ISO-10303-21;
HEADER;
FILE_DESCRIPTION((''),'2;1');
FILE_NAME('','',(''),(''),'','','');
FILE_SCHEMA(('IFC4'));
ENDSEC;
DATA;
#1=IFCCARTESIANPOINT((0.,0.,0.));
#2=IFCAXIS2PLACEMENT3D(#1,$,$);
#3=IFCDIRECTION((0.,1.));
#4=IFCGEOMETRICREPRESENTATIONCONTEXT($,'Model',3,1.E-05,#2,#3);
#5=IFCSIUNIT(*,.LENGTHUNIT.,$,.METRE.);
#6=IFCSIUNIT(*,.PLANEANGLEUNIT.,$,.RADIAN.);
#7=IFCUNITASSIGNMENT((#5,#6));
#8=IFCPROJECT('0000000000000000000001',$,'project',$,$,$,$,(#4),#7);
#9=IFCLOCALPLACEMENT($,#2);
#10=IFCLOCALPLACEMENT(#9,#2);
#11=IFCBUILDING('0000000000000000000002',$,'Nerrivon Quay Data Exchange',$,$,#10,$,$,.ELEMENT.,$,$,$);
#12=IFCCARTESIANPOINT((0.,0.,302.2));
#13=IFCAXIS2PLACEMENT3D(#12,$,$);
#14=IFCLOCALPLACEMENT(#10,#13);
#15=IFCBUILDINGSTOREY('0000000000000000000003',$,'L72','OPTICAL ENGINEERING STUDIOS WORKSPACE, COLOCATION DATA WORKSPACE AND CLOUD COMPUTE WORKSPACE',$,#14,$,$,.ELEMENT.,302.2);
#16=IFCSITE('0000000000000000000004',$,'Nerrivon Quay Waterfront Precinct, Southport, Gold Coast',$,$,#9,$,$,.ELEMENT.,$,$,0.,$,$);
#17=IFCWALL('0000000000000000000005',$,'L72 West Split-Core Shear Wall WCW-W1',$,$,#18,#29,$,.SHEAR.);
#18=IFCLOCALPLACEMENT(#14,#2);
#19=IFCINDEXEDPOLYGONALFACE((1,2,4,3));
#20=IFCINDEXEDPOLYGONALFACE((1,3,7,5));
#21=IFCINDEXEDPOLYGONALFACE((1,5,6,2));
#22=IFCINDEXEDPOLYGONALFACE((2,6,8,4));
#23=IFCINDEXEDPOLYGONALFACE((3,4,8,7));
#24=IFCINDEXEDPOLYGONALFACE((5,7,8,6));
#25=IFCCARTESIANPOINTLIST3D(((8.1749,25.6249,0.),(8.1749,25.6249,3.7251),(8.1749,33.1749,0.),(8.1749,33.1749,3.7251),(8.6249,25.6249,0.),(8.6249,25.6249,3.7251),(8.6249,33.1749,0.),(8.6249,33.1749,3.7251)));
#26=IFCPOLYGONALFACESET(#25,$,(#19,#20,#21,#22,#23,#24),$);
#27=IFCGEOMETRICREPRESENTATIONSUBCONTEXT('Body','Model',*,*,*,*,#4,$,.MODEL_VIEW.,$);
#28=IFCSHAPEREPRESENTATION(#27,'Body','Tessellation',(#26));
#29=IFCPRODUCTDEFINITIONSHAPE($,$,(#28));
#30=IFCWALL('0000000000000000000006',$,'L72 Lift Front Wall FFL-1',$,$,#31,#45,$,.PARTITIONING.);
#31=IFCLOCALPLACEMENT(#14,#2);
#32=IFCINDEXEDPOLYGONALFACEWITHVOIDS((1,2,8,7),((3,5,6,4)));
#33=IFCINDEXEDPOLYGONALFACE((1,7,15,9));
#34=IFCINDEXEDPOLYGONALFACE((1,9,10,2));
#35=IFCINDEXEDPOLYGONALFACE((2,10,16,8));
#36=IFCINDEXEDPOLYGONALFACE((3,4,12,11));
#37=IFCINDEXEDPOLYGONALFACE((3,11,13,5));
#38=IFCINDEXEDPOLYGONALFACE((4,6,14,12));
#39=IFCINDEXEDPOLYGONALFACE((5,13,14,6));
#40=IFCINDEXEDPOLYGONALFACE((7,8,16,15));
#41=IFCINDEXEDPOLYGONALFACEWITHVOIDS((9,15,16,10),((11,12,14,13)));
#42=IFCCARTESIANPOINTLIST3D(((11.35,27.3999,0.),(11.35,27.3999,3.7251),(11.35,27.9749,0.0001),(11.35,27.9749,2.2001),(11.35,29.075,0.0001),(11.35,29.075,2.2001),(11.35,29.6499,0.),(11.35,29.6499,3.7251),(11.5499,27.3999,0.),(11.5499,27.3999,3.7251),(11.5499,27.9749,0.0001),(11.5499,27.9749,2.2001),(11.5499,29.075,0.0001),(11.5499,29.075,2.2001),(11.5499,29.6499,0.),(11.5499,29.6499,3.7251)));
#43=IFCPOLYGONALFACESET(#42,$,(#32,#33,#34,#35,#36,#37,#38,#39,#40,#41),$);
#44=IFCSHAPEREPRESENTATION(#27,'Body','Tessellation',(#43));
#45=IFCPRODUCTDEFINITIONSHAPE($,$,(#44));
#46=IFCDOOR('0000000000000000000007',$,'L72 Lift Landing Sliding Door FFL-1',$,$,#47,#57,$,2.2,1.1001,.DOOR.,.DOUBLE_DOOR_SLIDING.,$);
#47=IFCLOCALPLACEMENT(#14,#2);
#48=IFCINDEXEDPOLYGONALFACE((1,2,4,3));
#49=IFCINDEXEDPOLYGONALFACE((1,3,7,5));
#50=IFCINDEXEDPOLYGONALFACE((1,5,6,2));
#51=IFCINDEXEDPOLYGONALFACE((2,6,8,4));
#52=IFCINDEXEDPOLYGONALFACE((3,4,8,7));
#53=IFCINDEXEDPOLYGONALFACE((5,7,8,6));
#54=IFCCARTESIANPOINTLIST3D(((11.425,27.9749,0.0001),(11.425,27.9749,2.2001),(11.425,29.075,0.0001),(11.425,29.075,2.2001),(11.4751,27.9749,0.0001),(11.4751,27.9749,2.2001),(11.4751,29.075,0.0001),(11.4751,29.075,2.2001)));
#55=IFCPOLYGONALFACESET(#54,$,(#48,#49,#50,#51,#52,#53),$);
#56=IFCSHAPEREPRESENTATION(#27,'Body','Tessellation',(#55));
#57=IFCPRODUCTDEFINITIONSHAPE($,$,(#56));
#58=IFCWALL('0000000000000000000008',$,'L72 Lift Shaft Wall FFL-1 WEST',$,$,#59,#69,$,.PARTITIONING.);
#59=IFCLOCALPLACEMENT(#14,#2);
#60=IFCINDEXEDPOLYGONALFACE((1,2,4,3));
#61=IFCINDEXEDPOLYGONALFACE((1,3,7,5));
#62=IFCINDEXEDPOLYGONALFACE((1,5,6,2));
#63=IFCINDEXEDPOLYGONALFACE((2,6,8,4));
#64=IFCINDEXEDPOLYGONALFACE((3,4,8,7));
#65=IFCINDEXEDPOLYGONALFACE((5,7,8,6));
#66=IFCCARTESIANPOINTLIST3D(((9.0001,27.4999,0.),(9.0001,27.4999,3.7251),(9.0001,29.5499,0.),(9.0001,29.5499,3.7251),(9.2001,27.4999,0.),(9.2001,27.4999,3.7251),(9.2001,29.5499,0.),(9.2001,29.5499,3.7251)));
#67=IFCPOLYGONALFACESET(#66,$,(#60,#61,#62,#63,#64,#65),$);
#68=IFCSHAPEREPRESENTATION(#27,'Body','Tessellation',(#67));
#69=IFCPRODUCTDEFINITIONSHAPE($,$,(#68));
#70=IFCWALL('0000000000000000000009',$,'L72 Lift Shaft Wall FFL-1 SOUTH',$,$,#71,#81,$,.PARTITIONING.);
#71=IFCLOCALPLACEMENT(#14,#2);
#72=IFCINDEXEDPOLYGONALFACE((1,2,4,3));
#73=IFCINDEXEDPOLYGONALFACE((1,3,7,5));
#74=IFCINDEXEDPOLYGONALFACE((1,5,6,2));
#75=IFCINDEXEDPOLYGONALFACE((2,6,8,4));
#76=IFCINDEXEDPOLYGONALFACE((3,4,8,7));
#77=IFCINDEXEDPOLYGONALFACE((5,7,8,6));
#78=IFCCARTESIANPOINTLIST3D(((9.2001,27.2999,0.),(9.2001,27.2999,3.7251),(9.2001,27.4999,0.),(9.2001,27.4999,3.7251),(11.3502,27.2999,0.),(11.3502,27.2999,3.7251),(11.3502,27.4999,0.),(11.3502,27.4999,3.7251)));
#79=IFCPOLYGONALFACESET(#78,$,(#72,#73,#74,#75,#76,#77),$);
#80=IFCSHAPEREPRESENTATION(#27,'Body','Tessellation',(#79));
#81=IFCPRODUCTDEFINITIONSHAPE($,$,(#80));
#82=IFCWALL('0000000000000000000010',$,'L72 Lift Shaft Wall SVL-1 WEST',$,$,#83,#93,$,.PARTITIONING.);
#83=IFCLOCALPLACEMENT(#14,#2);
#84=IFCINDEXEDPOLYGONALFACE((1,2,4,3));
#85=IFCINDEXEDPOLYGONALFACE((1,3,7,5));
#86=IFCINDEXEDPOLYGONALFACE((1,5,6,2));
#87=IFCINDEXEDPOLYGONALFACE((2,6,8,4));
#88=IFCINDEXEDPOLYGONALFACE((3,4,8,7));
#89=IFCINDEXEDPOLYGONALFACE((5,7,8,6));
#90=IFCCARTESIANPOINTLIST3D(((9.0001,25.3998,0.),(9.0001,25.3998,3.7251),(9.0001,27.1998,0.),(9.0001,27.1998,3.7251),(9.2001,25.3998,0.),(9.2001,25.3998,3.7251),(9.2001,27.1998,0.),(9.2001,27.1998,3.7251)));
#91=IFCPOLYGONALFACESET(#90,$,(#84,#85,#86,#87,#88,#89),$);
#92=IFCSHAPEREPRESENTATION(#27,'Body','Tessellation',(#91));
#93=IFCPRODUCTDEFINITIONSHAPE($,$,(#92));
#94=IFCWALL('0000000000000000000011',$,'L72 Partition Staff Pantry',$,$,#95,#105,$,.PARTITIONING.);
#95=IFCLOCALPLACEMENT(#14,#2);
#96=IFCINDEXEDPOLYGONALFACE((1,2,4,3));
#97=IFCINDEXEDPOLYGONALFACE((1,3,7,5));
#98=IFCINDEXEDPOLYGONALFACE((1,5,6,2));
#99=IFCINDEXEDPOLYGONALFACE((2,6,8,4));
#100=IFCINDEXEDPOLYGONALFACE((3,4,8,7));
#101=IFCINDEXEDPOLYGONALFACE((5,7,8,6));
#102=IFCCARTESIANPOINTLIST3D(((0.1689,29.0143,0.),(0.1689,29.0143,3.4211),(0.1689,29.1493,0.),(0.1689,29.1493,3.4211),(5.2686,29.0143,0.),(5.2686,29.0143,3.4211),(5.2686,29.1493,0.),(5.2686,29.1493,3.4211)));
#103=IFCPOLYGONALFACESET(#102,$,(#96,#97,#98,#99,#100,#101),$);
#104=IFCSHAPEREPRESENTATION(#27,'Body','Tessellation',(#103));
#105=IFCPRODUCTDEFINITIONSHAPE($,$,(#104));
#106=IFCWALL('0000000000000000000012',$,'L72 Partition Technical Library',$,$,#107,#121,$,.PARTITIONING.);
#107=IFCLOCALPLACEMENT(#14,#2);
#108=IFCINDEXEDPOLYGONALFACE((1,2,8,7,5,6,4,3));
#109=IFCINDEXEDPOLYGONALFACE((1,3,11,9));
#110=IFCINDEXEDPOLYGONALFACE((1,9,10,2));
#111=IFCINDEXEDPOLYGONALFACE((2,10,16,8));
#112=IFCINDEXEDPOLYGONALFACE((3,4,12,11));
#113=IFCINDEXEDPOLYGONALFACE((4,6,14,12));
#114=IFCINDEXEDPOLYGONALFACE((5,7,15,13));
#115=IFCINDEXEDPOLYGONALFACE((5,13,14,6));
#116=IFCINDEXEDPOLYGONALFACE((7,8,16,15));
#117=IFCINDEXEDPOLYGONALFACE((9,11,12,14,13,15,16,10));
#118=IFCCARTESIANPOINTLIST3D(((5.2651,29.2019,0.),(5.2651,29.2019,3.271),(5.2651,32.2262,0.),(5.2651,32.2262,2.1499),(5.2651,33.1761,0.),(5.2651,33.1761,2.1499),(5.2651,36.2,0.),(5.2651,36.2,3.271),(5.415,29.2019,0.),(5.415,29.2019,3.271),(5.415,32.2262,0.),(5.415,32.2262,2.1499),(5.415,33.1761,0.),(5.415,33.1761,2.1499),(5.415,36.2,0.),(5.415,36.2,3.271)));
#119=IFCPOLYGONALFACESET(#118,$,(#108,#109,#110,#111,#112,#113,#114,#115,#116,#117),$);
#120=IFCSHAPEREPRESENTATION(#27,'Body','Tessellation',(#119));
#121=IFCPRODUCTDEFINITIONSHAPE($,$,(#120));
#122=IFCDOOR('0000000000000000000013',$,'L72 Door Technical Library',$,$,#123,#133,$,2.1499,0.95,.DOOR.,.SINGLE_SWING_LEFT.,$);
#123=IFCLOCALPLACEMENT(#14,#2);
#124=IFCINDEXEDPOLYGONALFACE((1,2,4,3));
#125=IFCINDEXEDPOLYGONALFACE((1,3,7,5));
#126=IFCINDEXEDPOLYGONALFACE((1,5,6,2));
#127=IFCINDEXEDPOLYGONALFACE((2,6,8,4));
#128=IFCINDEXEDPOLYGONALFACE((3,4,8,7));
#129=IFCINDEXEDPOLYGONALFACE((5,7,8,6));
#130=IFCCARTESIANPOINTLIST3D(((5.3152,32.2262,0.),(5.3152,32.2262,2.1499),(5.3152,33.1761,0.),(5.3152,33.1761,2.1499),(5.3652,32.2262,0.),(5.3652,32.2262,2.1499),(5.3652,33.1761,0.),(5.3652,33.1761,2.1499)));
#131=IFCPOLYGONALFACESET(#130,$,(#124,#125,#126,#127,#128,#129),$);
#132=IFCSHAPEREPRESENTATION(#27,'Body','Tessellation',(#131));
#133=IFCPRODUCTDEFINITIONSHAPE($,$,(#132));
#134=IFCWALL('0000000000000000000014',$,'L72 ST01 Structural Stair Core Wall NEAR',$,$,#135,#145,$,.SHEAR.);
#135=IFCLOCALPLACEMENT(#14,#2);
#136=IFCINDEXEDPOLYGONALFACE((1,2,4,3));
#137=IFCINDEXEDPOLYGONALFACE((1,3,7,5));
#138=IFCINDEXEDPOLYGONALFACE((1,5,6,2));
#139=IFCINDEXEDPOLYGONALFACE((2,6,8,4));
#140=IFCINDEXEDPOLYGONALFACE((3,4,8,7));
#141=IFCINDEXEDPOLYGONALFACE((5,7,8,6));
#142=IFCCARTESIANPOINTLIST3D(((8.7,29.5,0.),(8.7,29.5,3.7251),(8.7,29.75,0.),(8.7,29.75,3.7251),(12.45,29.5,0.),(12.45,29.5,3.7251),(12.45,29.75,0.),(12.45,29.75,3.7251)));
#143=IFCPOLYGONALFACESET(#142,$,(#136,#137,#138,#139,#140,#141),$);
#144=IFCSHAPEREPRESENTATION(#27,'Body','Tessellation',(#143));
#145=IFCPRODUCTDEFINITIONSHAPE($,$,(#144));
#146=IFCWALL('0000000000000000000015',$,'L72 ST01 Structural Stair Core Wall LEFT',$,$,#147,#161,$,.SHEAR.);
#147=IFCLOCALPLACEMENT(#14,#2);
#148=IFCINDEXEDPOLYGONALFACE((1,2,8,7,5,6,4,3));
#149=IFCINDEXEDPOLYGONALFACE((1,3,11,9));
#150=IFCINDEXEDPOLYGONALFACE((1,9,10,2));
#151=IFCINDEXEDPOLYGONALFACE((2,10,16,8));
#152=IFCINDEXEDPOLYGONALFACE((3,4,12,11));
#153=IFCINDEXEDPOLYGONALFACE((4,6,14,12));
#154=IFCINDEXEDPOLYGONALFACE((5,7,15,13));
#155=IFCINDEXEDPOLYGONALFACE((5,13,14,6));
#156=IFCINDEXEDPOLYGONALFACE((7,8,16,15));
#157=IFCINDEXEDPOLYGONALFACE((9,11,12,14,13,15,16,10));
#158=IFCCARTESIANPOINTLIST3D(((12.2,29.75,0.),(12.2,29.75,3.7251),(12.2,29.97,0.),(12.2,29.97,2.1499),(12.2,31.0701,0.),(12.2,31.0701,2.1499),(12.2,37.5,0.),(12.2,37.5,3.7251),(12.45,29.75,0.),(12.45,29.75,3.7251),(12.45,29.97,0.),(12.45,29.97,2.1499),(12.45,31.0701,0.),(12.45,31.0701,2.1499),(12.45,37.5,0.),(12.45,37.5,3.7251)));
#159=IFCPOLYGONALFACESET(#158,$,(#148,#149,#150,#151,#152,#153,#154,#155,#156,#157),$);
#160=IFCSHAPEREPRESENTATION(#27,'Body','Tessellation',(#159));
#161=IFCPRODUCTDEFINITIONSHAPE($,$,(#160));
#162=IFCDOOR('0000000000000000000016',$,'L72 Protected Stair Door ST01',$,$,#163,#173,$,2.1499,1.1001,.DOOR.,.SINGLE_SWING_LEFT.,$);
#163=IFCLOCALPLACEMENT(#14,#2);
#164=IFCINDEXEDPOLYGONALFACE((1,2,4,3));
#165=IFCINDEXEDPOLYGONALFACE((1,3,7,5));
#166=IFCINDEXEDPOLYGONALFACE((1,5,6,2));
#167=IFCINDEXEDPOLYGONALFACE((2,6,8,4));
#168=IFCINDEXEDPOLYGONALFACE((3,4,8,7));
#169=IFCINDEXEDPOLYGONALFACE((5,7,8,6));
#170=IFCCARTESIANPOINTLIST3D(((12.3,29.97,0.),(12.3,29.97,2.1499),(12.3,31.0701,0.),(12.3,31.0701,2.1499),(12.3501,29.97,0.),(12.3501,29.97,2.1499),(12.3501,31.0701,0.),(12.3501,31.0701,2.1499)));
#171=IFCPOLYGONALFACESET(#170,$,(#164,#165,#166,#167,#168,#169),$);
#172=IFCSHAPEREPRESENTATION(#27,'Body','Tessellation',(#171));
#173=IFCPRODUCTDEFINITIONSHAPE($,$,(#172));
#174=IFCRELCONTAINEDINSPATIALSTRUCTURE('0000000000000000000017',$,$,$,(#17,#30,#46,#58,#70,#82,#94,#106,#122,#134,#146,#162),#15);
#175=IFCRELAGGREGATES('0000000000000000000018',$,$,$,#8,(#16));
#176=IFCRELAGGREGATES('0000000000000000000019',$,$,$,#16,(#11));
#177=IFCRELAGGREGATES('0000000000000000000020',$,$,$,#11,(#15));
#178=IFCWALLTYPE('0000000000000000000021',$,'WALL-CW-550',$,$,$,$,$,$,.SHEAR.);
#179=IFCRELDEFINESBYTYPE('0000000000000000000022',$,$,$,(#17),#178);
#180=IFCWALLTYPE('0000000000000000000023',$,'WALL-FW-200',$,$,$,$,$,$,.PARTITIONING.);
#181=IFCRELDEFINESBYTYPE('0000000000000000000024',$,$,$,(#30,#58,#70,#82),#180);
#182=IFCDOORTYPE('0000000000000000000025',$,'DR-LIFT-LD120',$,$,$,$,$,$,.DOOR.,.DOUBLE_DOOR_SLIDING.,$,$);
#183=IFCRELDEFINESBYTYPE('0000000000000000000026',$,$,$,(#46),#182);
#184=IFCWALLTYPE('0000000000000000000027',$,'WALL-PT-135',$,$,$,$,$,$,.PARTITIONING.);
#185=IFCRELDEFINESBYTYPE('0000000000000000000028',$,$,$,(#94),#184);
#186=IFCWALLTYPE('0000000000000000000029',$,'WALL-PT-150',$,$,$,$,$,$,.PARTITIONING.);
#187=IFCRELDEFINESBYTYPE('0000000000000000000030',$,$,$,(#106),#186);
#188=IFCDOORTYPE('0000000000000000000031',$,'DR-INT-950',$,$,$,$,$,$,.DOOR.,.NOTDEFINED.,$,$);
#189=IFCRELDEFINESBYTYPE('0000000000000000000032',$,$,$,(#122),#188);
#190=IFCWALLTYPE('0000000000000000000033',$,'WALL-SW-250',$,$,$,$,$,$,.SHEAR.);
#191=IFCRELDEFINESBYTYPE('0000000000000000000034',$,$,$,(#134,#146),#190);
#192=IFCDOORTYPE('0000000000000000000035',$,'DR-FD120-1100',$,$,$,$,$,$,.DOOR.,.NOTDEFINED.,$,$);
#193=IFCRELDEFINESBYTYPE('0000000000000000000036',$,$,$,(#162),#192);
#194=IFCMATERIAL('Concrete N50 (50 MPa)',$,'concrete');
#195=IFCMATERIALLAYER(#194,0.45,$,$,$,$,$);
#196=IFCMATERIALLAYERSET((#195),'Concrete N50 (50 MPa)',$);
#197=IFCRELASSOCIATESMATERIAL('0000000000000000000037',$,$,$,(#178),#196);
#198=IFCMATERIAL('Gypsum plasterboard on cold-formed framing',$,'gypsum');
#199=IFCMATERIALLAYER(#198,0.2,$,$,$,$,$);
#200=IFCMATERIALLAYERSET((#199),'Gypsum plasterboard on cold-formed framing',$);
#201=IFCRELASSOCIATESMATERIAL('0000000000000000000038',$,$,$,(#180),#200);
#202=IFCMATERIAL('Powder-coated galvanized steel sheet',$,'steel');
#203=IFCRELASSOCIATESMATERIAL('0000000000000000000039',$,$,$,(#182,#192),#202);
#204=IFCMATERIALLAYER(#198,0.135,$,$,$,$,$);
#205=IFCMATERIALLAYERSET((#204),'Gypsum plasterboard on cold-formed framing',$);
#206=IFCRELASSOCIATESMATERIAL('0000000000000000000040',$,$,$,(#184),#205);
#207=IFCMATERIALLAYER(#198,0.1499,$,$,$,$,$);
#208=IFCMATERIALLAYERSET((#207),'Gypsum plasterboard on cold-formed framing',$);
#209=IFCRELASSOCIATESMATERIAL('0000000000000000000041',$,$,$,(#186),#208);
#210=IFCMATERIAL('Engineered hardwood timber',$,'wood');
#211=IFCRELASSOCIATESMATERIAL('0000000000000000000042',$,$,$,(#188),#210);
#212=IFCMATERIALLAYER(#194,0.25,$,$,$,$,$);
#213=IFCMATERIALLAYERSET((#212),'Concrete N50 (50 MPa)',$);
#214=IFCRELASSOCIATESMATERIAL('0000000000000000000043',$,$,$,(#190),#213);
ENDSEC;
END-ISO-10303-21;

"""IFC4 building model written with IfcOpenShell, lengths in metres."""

from ifc_helpers import new_model, si_unit, direction, frame, frame_2d, origin, place, context, subcontext, project, spatial, rectangle, extrude, material, layer, layer_set, type_object, element, fill, save


model = new_model("IFC4")

# Units and contexts
model_context = context("Model", 3, precision=1e-05, world=origin(), true_north=direction((0.0, 1.0)))
body_context = subcontext(model_context, "Body", "Model", "MODEL_VIEW")
ifc_project = project(units=[si_unit("LENGTHUNIT", "METRE"), si_unit("PLANEANGLEUNIT", "RADIAN")], contexts=[model_context])

# Site, building, storey
site_placement = place(None, origin())
site = spatial("IfcSite", under=ifc_project, at=site_placement, Name="Nerrivon Quay Waterfront Precinct, Southport, Gold Coast", CompositionType="ELEMENT", RefElevation=0.0)
building_placement = place(site_placement, origin())
building = spatial("IfcBuilding", under=site, at=building_placement, Name="Nerrivon Quay Data Exchange", CompositionType="ELEMENT")
storey_placement = place(building_placement, frame((0.0, 0.0, 302.2)))
storey = spatial("IfcBuildingStorey", under=building, at=storey_placement, Name="L72", Description="OPTICAL ENGINEERING STUDIOS WORKSPACE, COLOCATION DATA WORKSPACE AND CLOUD COMPUTE WORKSPACE", CompositionType="ELEMENT", Elevation=302.2)

# Wall
ifc_material_1 = material(Name="Concrete N50 (50 MPa)", Category="concrete")
ifc_layer_1 = layer(ifc_material_1, 0.45)
ifc_layer_set_1 = layer_set([ifc_layer_1], Name="Concrete N50 (50 MPa)")
wall_type_1 = type_object("IfcWallType", Name="WALL-CW-550", PredefinedType="SHEAR", material=ifc_layer_set_1)
wall_1_placement = place(storey_placement, frame((8.3999, 25.625, 0.0), z_axis=(0.0, 0.0, 1.0), x_axis=(0.0, 1.0, 0.0)))
element("IfcWall", 1, at=wall_1_placement, inside=storey, type_object=wall_type_1, Name="L72 West Split-Core Shear Wall WCW-W1", PredefinedType="SHEAR", context=body_context, shape_type="SweptSolid", body=[
    extrude(rectangle(XDim=7.55, YDim=0.45, at=frame_2d((3.7749, 0.0))), origin(), (0.0, 0.0, 1.0), 3.7251),
])

# Wall, opening, door
ifc_material_2 = material(Name="Gypsum plasterboard on cold-formed framing", Category="gypsum")
ifc_layer_2 = layer(ifc_material_2, 0.2)
ifc_layer_set_2 = layer_set([ifc_layer_2], Name="Gypsum plasterboard on cold-formed framing")
wall_type_2 = type_object("IfcWallType", Name="WALL-FW-200", PredefinedType="PARTITIONING", material=ifc_layer_set_2)
wall_2_placement = place(storey_placement, frame((11.45, 27.3999, 0.0), z_axis=(0.0, 0.0, 1.0), x_axis=(0.0, 1.0, 0.0)))
wall_2 = element("IfcWall", 2, at=wall_2_placement, inside=storey, type_object=wall_type_2, Name="L72 Lift Front Wall FFL-1", PredefinedType="PARTITIONING", context=body_context, shape_type="SweptSolid", body=[
    extrude(rectangle(XDim=2.25, YDim=0.2, at=frame_2d((1.125, 0.0))), origin(), (0.0, 0.0, 1.0), 3.7251),
])
opening_1_placement = place(wall_2_placement, frame((0.575, 0.0, 0.0)))
opening_1 = element("IfcOpeningElement", 3, at=opening_1_placement, cuts=wall_2, PredefinedType="OPENING", context=body_context, shape_type="SweptSolid", body=[
    extrude(rectangle(XDim=1.1001, YDim=2.2, at=frame_2d((0.55, 1.1001))), frame((0.0, 0.1099, 0.0), z_axis=(0.0, -1.0, 0.0), x_axis=(1.0, 0.0, 0.0)), (0.0, 0.0, 1.0), 0.22),
])
ifc_material_3 = material(Name="Powder-coated galvanized steel sheet", Category="steel")
door_type_1 = type_object("IfcDoorType", Name="DR-LIFT-LD120", OperationType="DOUBLE_DOOR_SLIDING", PredefinedType="DOOR", material=ifc_material_3)
door_1_placement = place(opening_1_placement, origin())
door_1 = element("IfcDoor", 4, at=door_1_placement, inside=storey, type_object=door_type_1, Name="L72 Lift Landing Sliding Door FFL-1", OperationType="DOUBLE_DOOR_SLIDING", OverallHeight=2.2, OverallWidth=1.1001, PredefinedType="DOOR", context=body_context, shape_type="SweptSolid", body=[
    extrude(rectangle(XDim=1.1001, YDim=2.2, at=frame_2d((0.55, 1.1001))), frame((0.0, 0.0249, 0.0), z_axis=(0.0, -1.0, 0.0), x_axis=(1.0, 0.0, 0.0)), (0.0, 0.0, 1.0), 0.05),
])
fill(opening_1, door_1)

# Walls
wall_3_placement = place(storey_placement, frame((9.1001, 27.5, 0.0), z_axis=(0.0, 0.0, 1.0), x_axis=(0.0, 1.0, 0.0)))
element("IfcWall", 5, at=wall_3_placement, inside=storey, type_object=wall_type_2, Name="L72 Lift Shaft Wall FFL-1 WEST", PredefinedType="PARTITIONING", context=body_context, shape_type="SweptSolid", body=[
    extrude(rectangle(XDim=2.05, YDim=0.2, at=frame_2d((1.0249, 0.0))), origin(), (0.0, 0.0, 1.0), 3.7251),
])
wall_4_placement = place(storey_placement, frame((9.2, 27.3999, 0.0), z_axis=(0.0, 0.0, 1.0), x_axis=(1.0, 0.0, 0.0)))
element("IfcWall", 6, at=wall_4_placement, inside=storey, type_object=wall_type_2, Name="L72 Lift Shaft Wall FFL-1 SOUTH", PredefinedType="PARTITIONING", context=body_context, shape_type="SweptSolid", body=[
    extrude(rectangle(XDim=2.1501, YDim=0.2, at=frame_2d((1.0752, 0.0))), origin(), (0.0, 0.0, 1.0), 3.7251),
])
wall_5_placement = place(storey_placement, frame((9.1001, 25.3999, 0.0), z_axis=(0.0, 0.0, 1.0), x_axis=(0.0, 1.0, 0.0)))
element("IfcWall", 7, at=wall_5_placement, inside=storey, type_object=wall_type_2, Name="L72 Lift Shaft Wall SVL-1 WEST", PredefinedType="PARTITIONING", context=body_context, shape_type="SweptSolid", body=[
    extrude(rectangle(XDim=1.8, YDim=0.2, at=frame_2d((0.8999, 0.0))), origin(), (0.0, 0.0, 1.0), 3.7251),
])
ifc_layer_3 = layer(ifc_material_2, 0.135)
ifc_layer_set_3 = layer_set([ifc_layer_3], Name="Gypsum plasterboard on cold-formed framing")
wall_type_3 = type_object("IfcWallType", Name="WALL-PT-135", PredefinedType="PARTITIONING", material=ifc_layer_set_3)
wall_6_placement = place(storey_placement, frame((5.2686, 29.0818, 0.0), z_axis=(0.0, 0.0, 1.0), x_axis=(-1.0, 0.0, 0.0)))
element("IfcWall", 8, at=wall_6_placement, inside=storey, type_object=wall_type_3, Name="L72 Partition Staff Pantry", PredefinedType="PARTITIONING", context=body_context, shape_type="SweptSolid", body=[
    extrude(rectangle(XDim=5.0996, YDim=0.135, at=frame_2d((2.5498, 0.0))), origin(), (0.0, 0.0, 1.0), 3.4211),
])

# Wall, opening, door
ifc_layer_4 = layer(ifc_material_2, 0.1499)
ifc_layer_set_4 = layer_set([ifc_layer_4], Name="Gypsum plasterboard on cold-formed framing")
wall_type_4 = type_object("IfcWallType", Name="WALL-PT-150", PredefinedType="PARTITIONING", material=ifc_layer_set_4)
wall_7_placement = place(storey_placement, frame((5.3401, 29.2019, 0.0), z_axis=(0.0, 0.0, 1.0), x_axis=(0.0, 1.0, 0.0)))
wall_7 = element("IfcWall", 9, at=wall_7_placement, inside=storey, type_object=wall_type_4, Name="L72 Partition Technical Library", PredefinedType="PARTITIONING", context=body_context, shape_type="SweptSolid", body=[
    extrude(rectangle(XDim=6.998, YDim=0.1499, at=frame_2d((3.499, 0.0))), origin(), (0.0, 0.0, 1.0), 3.271),
])
opening_2_placement = place(wall_7_placement, frame((3.0242, 0.0, 0.0)))
opening_2 = element("IfcOpeningElement", 10, at=opening_2_placement, cuts=wall_7, PredefinedType="OPENING", context=body_context, shape_type="SweptSolid", body=[
    extrude(rectangle(XDim=0.95, YDim=2.1499, at=frame_2d((0.4751, 1.075))), frame((0.0, 0.085, 0.0), z_axis=(0.0, -1.0, 0.0), x_axis=(1.0, 0.0, 0.0)), (0.0, 0.0, 1.0), 0.1699),
])
ifc_material_4 = material(Name="Engineered hardwood timber", Category="wood")
door_type_2 = type_object("IfcDoorType", Name="DR-INT-950", OperationType="NOTDEFINED", PredefinedType="DOOR", material=ifc_material_4)
door_2_placement = place(opening_2_placement, origin())
door_2 = element("IfcDoor", 11, at=door_2_placement, inside=storey, type_object=door_type_2, Name="L72 Door Technical Library", OperationType="SINGLE_SWING_LEFT", OverallHeight=2.1499, OverallWidth=0.95, PredefinedType="DOOR", context=body_context, shape_type="SweptSolid", body=[
    extrude(rectangle(XDim=0.95, YDim=2.1499, at=frame_2d((0.4751, 1.075))), frame((0.0, 0.0249, 0.0), z_axis=(0.0, -1.0, 0.0), x_axis=(1.0, 0.0, 0.0)), (0.0, 0.0, 1.0), 0.05),
])
fill(opening_2, door_2)

# Wall
ifc_layer_5 = layer(ifc_material_1, 0.25)
ifc_layer_set_5 = layer_set([ifc_layer_5], Name="Concrete N50 (50 MPa)")
wall_type_5 = type_object("IfcWallType", Name="WALL-SW-250", PredefinedType="SHEAR", material=ifc_layer_set_5)
wall_8_placement = place(storey_placement, frame((12.45, 29.625, 0.0), z_axis=(0.0, 0.0, 1.0), x_axis=(-1.0, 0.0, 0.0)))
element("IfcWall", 12, at=wall_8_placement, inside=storey, type_object=wall_type_5, Name="L72 ST01 Structural Stair Core Wall NEAR", PredefinedType="SHEAR", context=body_context, shape_type="SweptSolid", body=[
    extrude(rectangle(XDim=3.75, YDim=0.25, at=frame_2d((1.875, 0.0))), origin(), (0.0, 0.0, 1.0), 3.7251),
])

# Wall, opening, door
wall_9_placement = place(storey_placement, frame((12.325, 29.75, 0.0), z_axis=(0.0, 0.0, 1.0), x_axis=(0.0, 1.0, 0.0)))
wall_9 = element("IfcWall", 13, at=wall_9_placement, inside=storey, type_object=wall_type_5, Name="L72 ST01 Structural Stair Core Wall LEFT", PredefinedType="SHEAR", context=body_context, shape_type="SweptSolid", body=[
    extrude(rectangle(XDim=7.75, YDim=0.25, at=frame_2d((3.875, 0.0))), origin(), (0.0, 0.0, 1.0), 3.7251),
])
opening_3_placement = place(wall_9_placement, frame((0.22, 0.0, 0.0)))
opening_3 = element("IfcOpeningElement", 14, at=opening_3_placement, cuts=wall_9, PredefinedType="OPENING", context=body_context, shape_type="SweptSolid", body=[
    extrude(rectangle(XDim=1.1001, YDim=2.1499, at=frame_2d((0.55, 1.075))), frame((0.0, 0.135, 0.0), z_axis=(0.0, -1.0, 0.0), x_axis=(1.0, 0.0, 0.0)), (0.0, 0.0, 1.0), 0.27),
])
door_type_3 = type_object("IfcDoorType", Name="DR-FD120-1100", OperationType="NOTDEFINED", PredefinedType="DOOR", material=ifc_material_3)
door_3_placement = place(opening_3_placement, origin())
door_3 = element("IfcDoor", 15, at=door_3_placement, inside=storey, type_object=door_type_3, Name="L72 Protected Stair Door ST01", OperationType="SINGLE_SWING_LEFT", OverallHeight=2.1499, OverallWidth=1.1001, PredefinedType="DOOR", context=body_context, shape_type="SweptSolid", body=[
    extrude(rectangle(XDim=1.1001, YDim=2.1499, at=frame_2d((0.55, 1.075))), frame((0.0, 0.0249, 0.0), z_axis=(0.0, -1.0, 0.0), x_axis=(1.0, 0.0, 0.0)), (0.0, 0.0, 1.0), 0.05),
])
fill(opening_3, door_3)

save(model, "model.ifc")
